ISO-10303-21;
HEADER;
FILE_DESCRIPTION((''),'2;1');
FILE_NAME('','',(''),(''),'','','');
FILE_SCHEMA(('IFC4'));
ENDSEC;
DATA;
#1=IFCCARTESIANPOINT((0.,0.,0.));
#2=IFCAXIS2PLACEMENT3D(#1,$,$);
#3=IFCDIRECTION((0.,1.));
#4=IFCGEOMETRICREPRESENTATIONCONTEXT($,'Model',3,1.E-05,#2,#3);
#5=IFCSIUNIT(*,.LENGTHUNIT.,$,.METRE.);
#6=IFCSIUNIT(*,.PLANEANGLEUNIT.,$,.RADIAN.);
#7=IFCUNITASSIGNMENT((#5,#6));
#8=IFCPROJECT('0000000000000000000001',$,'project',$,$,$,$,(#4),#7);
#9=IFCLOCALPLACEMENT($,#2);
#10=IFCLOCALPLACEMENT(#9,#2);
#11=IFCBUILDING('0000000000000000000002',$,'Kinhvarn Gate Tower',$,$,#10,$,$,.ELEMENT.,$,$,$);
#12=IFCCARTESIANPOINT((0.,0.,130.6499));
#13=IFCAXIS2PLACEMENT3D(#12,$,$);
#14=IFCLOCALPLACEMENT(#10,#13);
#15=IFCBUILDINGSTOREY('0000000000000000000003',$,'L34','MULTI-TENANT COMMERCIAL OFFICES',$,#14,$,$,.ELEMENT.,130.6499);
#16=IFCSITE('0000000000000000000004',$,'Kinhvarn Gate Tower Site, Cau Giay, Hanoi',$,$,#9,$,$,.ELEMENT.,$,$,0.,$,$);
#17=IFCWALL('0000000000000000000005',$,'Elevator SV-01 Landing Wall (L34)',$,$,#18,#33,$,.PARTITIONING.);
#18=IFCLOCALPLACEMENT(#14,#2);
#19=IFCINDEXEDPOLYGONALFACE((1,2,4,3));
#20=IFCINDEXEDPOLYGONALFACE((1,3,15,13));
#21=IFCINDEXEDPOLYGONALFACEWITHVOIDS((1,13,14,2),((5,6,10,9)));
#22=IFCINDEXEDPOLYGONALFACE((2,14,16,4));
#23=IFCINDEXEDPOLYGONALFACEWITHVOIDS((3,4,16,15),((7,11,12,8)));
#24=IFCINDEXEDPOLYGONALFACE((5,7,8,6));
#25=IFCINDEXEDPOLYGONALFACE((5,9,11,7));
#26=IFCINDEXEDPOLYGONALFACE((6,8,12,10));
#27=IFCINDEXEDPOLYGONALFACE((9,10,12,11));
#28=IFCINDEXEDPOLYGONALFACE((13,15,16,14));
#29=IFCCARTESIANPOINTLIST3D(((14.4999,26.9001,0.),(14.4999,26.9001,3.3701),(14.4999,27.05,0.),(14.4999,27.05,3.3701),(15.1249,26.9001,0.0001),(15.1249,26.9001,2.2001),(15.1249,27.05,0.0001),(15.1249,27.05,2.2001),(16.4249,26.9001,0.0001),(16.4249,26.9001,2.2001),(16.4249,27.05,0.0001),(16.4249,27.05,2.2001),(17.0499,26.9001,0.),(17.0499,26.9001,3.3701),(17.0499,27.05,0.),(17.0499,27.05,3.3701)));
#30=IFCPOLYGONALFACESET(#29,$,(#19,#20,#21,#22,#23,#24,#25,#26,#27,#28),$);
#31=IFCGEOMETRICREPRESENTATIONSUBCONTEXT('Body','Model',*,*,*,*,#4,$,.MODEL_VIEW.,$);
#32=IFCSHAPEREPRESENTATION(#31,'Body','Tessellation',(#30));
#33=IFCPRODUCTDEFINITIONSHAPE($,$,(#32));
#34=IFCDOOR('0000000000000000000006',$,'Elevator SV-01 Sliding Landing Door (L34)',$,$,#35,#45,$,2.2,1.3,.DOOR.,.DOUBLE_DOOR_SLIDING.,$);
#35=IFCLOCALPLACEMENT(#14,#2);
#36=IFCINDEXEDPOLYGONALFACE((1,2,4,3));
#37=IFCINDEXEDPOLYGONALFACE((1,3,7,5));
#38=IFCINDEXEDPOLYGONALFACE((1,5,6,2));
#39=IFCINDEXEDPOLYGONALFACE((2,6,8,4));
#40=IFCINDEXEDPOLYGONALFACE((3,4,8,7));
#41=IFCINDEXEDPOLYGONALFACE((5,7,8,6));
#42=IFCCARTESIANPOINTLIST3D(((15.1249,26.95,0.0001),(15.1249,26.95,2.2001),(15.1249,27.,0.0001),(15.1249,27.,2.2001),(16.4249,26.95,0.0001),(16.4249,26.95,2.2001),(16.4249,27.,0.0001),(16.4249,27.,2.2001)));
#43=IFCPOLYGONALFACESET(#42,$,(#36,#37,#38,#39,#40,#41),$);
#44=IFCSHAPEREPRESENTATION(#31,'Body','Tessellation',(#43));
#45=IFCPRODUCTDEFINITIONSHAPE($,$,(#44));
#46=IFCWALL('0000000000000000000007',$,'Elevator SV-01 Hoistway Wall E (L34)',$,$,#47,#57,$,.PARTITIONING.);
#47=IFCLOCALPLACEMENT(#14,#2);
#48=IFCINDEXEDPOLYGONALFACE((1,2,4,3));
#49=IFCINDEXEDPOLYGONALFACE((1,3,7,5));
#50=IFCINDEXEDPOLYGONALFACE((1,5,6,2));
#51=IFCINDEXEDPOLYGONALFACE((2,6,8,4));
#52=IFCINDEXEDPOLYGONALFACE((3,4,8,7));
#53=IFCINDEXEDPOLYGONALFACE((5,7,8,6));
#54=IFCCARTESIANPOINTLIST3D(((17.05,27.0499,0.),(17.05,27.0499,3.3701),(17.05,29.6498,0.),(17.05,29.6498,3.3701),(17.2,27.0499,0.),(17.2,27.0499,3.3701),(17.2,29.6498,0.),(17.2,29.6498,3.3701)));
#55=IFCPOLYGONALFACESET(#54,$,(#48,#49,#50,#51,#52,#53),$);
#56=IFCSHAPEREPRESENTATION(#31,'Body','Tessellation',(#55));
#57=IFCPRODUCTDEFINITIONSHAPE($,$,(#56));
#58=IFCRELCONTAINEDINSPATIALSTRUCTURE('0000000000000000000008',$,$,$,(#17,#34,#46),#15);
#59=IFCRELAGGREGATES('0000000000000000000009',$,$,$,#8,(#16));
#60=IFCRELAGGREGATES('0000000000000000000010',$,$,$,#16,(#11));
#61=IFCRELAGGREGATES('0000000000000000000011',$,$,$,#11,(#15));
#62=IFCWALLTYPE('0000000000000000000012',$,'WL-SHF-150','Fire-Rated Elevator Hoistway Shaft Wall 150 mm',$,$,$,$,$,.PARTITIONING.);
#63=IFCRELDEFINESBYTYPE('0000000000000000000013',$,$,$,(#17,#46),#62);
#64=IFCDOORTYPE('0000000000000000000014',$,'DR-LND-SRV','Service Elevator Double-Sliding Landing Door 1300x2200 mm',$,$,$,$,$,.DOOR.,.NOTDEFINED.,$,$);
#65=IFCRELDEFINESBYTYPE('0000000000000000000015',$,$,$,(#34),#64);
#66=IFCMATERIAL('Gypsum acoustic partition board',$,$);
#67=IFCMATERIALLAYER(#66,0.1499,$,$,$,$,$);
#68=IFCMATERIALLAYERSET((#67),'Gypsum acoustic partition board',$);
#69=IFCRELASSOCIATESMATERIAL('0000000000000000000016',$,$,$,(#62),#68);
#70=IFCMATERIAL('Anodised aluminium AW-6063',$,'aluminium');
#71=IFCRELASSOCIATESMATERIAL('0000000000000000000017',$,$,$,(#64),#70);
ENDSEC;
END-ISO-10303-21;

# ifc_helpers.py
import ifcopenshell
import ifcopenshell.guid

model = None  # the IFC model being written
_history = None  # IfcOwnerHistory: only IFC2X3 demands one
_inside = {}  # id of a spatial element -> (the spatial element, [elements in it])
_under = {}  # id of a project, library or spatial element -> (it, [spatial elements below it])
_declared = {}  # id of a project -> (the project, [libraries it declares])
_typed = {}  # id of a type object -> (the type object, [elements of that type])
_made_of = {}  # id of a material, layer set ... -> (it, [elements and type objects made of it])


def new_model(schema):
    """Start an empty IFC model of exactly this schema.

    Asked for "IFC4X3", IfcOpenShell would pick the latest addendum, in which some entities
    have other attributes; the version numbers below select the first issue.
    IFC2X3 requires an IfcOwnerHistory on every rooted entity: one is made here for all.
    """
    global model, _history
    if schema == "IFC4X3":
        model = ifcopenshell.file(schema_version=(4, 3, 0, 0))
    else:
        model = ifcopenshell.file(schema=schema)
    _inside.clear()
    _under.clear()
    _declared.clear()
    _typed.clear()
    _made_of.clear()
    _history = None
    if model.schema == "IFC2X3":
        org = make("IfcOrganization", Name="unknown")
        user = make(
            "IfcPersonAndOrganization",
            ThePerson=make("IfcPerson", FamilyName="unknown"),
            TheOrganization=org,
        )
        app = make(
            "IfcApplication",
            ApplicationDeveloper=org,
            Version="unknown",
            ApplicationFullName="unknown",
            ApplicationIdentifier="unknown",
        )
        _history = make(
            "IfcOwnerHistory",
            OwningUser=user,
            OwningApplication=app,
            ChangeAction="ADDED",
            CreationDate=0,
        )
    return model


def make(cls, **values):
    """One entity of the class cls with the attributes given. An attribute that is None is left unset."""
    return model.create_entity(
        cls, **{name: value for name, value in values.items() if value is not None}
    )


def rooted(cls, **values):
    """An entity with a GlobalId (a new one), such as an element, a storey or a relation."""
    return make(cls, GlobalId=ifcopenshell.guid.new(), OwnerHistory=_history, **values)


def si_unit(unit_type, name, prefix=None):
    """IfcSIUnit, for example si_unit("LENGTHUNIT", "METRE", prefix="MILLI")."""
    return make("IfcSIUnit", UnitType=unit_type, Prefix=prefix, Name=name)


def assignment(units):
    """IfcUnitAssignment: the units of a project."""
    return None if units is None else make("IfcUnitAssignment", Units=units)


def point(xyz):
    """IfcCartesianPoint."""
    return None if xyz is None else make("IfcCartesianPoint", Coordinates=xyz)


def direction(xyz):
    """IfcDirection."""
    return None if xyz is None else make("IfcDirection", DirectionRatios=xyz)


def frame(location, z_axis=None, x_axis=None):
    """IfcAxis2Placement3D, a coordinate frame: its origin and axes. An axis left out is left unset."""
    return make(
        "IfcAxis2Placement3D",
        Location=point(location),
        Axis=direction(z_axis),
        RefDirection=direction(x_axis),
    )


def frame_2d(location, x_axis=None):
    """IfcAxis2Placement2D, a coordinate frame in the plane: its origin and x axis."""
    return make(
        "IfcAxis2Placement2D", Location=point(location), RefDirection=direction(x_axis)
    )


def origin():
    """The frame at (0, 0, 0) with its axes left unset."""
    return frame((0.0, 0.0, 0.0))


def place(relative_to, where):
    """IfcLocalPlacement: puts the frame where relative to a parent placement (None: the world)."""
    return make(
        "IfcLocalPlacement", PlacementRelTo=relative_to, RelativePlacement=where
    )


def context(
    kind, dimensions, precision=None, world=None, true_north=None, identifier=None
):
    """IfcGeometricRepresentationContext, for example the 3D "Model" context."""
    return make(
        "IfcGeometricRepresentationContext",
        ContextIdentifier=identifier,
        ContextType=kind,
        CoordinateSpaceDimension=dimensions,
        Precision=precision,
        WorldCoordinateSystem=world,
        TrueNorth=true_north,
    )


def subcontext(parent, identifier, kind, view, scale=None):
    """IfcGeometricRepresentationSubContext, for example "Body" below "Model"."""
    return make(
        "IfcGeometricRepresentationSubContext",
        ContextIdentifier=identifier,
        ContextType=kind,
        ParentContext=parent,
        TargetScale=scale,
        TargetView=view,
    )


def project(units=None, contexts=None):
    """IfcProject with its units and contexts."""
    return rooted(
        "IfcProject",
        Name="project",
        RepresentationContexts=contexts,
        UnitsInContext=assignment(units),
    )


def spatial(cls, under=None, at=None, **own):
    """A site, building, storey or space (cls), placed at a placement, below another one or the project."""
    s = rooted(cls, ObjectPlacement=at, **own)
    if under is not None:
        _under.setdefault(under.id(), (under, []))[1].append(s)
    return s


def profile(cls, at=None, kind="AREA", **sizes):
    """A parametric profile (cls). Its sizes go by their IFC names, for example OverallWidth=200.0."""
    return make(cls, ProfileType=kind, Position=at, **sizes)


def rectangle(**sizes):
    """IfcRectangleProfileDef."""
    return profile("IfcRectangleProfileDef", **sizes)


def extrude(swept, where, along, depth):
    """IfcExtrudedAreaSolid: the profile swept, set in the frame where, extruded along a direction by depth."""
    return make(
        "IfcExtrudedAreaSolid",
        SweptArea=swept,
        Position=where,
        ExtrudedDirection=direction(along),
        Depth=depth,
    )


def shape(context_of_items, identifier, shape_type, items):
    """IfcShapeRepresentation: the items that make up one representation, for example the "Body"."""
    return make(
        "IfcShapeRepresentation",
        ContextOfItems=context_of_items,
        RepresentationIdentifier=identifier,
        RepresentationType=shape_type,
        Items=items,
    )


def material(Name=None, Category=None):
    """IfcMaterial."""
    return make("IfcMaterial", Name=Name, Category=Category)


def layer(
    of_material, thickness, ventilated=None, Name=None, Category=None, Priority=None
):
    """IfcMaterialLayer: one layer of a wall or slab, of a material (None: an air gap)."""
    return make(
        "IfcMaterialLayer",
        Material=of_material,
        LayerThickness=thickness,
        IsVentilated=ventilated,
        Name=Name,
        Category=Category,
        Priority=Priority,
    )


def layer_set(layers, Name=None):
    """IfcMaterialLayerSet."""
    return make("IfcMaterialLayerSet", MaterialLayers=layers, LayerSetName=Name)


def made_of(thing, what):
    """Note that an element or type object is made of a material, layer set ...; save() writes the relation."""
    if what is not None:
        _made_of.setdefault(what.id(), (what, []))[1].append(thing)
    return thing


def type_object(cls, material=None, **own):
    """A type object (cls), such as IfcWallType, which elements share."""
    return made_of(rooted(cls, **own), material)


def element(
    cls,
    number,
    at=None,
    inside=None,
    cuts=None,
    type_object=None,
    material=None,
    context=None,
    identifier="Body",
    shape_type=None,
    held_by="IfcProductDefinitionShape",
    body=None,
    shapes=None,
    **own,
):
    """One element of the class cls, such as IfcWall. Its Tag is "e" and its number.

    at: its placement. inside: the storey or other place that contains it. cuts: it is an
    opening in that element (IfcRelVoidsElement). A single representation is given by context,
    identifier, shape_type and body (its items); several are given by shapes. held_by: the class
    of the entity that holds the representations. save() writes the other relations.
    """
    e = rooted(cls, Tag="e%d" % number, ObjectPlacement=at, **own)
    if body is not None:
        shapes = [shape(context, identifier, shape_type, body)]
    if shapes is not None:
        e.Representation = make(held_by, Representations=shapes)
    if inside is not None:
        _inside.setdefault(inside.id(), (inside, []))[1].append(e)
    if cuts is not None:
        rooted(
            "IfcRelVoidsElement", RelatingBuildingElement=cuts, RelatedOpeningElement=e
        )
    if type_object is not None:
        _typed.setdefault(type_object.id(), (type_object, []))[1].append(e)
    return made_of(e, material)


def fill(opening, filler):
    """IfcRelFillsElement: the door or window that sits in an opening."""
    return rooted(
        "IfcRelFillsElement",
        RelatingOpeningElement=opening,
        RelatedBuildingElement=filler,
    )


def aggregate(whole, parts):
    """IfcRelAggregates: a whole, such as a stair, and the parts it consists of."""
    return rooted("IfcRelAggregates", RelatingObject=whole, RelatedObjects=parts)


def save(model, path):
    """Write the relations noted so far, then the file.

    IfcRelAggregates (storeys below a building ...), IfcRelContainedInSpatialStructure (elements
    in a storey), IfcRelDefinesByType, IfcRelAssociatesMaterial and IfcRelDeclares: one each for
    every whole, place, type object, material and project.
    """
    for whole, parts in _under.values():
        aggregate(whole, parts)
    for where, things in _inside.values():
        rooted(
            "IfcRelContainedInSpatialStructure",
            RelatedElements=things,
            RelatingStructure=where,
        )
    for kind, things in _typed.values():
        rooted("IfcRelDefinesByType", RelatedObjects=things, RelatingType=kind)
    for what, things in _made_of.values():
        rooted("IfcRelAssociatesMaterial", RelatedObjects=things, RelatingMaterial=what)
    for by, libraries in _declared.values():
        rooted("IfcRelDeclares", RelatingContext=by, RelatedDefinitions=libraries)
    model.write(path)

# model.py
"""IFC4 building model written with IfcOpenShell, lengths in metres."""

from ifc_helpers import new_model, si_unit, direction, frame, frame_2d, origin, place, context, subcontext, project, spatial, rectangle, extrude, material, layer, layer_set, type_object, element, fill, save


model = new_model("IFC4")

# Units and contexts
model_context = context("Model", 3, precision=1e-05, world=origin(), true_north=direction((0.0, 1.0)))
body_context = subcontext(model_context, "Body", "Model", "MODEL_VIEW")
ifc_project = project(units=[si_unit("LENGTHUNIT", "METRE"), si_unit("PLANEANGLEUNIT", "RADIAN")], contexts=[model_context])

# Site, building, storey
site_placement = place(None, origin())
site = spatial("IfcSite", under=ifc_project, at=site_placement, Name="Kinhvarn Gate Tower Site, Cau Giay, Hanoi", CompositionType="ELEMENT", RefElevation=0.0)
building_placement = place(site_placement, origin())
building = spatial("IfcBuilding", under=site, at=building_placement, Name="Kinhvarn Gate Tower", CompositionType="ELEMENT")
storey_placement = place(building_placement, frame((0.0, 0.0, 130.6499)))
storey = spatial("IfcBuildingStorey", under=building, at=storey_placement, Name="L34", Description="MULTI-TENANT COMMERCIAL OFFICES", CompositionType="ELEMENT", Elevation=130.6499)

# Shared definitions
ifc_material_1 = material(Name="Anodised aluminium AW-6063", Category="aluminium")

# Shared definitions
ifc_material_2 = material(Name="Gypsum acoustic partition board")

# Shared definitions
ifc_layer_1 = layer(ifc_material_2, 0.1499)
ifc_layer_set_1 = layer_set([ifc_layer_1], Name="Gypsum acoustic partition board")
wall_type_1 = type_object("IfcWallType", Name="WL-SHF-150", Description="Fire-Rated Elevator Hoistway Shaft Wall 150 mm", PredefinedType="PARTITIONING", material=ifc_layer_set_1)

# Wall, opening, door
wall_1_placement = place(storey_placement, frame((14.5, 26.9751, 0.0), z_axis=(0.0, 0.0, 1.0), x_axis=(1.0, 0.0, 0.0)))
wall_1 = element("IfcWall", 1, at=wall_1_placement, inside=storey, type_object=wall_type_1, Name="Elevator SV-01 Landing Wall (L34)", PredefinedType="PARTITIONING", context=body_context, shape_type="SweptSolid", body=[
    extrude(rectangle(XDim=2.55, YDim=0.1499, at=frame_2d((1.2749, 0.0))), origin(), (0.0, 0.0, 1.0), 3.3701),
])
opening_1_placement = place(wall_1_placement, frame((0.625, 0.0, 0.0)))
opening_1 = element("IfcOpeningElement", 2, at=opening_1_placement, cuts=wall_1, PredefinedType="OPENING", context=body_context, shape_type="SweptSolid", body=[
    extrude(rectangle(XDim=1.3, YDim=2.2, at=frame_2d((0.6499, 1.1001))), frame((0.0, 0.085, 0.0), z_axis=(0.0, -1.0, 0.0), x_axis=(1.0, 0.0, 0.0)), (0.0, 0.0, 1.0), 0.1699),
])
door_type_1 = type_object("IfcDoorType", Name="DR-LND-SRV", Description="Service Elevator Double-Sliding Landing Door 1300x2200 mm", OperationType="NOTDEFINED", PredefinedType="DOOR", material=ifc_material_1)
door_1_placement = place(opening_1_placement, origin())
door_1 = element("IfcDoor", 3, at=door_1_placement, inside=storey, type_object=door_type_1, Name="Elevator SV-01 Sliding Landing Door (L34)", OperationType="DOUBLE_DOOR_SLIDING", OverallHeight=2.2, OverallWidth=1.3, PredefinedType="DOOR", context=body_context, shape_type="SweptSolid", body=[
    extrude(rectangle(XDim=1.3, YDim=2.2, at=frame_2d((0.6499, 1.1001))), frame((0.0, 0.0249, 0.0), z_axis=(0.0, -1.0, 0.0), x_axis=(1.0, 0.0, 0.0)), (0.0, 0.0, 1.0), 0.05),
])
fill(opening_1, door_1)

# Wall
wall_2_placement = place(storey_placement, frame((17.125, 27.05, 0.0), z_axis=(0.0, 0.0, 1.0), x_axis=(0.0, 1.0, 0.0)))
element("IfcWall", 4, at=wall_2_placement, inside=storey, type_object=wall_type_1, Name="Elevator SV-01 Hoistway Wall E (L34)", PredefinedType="PARTITIONING", context=body_context, shape_type="SweptSolid", body=[
    extrude(rectangle(XDim=2.5999, YDim=0.1499, at=frame_2d((1.2998, 0.0))), origin(), (0.0, 0.0, 1.0), 3.3701),
])

save(model, "model.ifc")
